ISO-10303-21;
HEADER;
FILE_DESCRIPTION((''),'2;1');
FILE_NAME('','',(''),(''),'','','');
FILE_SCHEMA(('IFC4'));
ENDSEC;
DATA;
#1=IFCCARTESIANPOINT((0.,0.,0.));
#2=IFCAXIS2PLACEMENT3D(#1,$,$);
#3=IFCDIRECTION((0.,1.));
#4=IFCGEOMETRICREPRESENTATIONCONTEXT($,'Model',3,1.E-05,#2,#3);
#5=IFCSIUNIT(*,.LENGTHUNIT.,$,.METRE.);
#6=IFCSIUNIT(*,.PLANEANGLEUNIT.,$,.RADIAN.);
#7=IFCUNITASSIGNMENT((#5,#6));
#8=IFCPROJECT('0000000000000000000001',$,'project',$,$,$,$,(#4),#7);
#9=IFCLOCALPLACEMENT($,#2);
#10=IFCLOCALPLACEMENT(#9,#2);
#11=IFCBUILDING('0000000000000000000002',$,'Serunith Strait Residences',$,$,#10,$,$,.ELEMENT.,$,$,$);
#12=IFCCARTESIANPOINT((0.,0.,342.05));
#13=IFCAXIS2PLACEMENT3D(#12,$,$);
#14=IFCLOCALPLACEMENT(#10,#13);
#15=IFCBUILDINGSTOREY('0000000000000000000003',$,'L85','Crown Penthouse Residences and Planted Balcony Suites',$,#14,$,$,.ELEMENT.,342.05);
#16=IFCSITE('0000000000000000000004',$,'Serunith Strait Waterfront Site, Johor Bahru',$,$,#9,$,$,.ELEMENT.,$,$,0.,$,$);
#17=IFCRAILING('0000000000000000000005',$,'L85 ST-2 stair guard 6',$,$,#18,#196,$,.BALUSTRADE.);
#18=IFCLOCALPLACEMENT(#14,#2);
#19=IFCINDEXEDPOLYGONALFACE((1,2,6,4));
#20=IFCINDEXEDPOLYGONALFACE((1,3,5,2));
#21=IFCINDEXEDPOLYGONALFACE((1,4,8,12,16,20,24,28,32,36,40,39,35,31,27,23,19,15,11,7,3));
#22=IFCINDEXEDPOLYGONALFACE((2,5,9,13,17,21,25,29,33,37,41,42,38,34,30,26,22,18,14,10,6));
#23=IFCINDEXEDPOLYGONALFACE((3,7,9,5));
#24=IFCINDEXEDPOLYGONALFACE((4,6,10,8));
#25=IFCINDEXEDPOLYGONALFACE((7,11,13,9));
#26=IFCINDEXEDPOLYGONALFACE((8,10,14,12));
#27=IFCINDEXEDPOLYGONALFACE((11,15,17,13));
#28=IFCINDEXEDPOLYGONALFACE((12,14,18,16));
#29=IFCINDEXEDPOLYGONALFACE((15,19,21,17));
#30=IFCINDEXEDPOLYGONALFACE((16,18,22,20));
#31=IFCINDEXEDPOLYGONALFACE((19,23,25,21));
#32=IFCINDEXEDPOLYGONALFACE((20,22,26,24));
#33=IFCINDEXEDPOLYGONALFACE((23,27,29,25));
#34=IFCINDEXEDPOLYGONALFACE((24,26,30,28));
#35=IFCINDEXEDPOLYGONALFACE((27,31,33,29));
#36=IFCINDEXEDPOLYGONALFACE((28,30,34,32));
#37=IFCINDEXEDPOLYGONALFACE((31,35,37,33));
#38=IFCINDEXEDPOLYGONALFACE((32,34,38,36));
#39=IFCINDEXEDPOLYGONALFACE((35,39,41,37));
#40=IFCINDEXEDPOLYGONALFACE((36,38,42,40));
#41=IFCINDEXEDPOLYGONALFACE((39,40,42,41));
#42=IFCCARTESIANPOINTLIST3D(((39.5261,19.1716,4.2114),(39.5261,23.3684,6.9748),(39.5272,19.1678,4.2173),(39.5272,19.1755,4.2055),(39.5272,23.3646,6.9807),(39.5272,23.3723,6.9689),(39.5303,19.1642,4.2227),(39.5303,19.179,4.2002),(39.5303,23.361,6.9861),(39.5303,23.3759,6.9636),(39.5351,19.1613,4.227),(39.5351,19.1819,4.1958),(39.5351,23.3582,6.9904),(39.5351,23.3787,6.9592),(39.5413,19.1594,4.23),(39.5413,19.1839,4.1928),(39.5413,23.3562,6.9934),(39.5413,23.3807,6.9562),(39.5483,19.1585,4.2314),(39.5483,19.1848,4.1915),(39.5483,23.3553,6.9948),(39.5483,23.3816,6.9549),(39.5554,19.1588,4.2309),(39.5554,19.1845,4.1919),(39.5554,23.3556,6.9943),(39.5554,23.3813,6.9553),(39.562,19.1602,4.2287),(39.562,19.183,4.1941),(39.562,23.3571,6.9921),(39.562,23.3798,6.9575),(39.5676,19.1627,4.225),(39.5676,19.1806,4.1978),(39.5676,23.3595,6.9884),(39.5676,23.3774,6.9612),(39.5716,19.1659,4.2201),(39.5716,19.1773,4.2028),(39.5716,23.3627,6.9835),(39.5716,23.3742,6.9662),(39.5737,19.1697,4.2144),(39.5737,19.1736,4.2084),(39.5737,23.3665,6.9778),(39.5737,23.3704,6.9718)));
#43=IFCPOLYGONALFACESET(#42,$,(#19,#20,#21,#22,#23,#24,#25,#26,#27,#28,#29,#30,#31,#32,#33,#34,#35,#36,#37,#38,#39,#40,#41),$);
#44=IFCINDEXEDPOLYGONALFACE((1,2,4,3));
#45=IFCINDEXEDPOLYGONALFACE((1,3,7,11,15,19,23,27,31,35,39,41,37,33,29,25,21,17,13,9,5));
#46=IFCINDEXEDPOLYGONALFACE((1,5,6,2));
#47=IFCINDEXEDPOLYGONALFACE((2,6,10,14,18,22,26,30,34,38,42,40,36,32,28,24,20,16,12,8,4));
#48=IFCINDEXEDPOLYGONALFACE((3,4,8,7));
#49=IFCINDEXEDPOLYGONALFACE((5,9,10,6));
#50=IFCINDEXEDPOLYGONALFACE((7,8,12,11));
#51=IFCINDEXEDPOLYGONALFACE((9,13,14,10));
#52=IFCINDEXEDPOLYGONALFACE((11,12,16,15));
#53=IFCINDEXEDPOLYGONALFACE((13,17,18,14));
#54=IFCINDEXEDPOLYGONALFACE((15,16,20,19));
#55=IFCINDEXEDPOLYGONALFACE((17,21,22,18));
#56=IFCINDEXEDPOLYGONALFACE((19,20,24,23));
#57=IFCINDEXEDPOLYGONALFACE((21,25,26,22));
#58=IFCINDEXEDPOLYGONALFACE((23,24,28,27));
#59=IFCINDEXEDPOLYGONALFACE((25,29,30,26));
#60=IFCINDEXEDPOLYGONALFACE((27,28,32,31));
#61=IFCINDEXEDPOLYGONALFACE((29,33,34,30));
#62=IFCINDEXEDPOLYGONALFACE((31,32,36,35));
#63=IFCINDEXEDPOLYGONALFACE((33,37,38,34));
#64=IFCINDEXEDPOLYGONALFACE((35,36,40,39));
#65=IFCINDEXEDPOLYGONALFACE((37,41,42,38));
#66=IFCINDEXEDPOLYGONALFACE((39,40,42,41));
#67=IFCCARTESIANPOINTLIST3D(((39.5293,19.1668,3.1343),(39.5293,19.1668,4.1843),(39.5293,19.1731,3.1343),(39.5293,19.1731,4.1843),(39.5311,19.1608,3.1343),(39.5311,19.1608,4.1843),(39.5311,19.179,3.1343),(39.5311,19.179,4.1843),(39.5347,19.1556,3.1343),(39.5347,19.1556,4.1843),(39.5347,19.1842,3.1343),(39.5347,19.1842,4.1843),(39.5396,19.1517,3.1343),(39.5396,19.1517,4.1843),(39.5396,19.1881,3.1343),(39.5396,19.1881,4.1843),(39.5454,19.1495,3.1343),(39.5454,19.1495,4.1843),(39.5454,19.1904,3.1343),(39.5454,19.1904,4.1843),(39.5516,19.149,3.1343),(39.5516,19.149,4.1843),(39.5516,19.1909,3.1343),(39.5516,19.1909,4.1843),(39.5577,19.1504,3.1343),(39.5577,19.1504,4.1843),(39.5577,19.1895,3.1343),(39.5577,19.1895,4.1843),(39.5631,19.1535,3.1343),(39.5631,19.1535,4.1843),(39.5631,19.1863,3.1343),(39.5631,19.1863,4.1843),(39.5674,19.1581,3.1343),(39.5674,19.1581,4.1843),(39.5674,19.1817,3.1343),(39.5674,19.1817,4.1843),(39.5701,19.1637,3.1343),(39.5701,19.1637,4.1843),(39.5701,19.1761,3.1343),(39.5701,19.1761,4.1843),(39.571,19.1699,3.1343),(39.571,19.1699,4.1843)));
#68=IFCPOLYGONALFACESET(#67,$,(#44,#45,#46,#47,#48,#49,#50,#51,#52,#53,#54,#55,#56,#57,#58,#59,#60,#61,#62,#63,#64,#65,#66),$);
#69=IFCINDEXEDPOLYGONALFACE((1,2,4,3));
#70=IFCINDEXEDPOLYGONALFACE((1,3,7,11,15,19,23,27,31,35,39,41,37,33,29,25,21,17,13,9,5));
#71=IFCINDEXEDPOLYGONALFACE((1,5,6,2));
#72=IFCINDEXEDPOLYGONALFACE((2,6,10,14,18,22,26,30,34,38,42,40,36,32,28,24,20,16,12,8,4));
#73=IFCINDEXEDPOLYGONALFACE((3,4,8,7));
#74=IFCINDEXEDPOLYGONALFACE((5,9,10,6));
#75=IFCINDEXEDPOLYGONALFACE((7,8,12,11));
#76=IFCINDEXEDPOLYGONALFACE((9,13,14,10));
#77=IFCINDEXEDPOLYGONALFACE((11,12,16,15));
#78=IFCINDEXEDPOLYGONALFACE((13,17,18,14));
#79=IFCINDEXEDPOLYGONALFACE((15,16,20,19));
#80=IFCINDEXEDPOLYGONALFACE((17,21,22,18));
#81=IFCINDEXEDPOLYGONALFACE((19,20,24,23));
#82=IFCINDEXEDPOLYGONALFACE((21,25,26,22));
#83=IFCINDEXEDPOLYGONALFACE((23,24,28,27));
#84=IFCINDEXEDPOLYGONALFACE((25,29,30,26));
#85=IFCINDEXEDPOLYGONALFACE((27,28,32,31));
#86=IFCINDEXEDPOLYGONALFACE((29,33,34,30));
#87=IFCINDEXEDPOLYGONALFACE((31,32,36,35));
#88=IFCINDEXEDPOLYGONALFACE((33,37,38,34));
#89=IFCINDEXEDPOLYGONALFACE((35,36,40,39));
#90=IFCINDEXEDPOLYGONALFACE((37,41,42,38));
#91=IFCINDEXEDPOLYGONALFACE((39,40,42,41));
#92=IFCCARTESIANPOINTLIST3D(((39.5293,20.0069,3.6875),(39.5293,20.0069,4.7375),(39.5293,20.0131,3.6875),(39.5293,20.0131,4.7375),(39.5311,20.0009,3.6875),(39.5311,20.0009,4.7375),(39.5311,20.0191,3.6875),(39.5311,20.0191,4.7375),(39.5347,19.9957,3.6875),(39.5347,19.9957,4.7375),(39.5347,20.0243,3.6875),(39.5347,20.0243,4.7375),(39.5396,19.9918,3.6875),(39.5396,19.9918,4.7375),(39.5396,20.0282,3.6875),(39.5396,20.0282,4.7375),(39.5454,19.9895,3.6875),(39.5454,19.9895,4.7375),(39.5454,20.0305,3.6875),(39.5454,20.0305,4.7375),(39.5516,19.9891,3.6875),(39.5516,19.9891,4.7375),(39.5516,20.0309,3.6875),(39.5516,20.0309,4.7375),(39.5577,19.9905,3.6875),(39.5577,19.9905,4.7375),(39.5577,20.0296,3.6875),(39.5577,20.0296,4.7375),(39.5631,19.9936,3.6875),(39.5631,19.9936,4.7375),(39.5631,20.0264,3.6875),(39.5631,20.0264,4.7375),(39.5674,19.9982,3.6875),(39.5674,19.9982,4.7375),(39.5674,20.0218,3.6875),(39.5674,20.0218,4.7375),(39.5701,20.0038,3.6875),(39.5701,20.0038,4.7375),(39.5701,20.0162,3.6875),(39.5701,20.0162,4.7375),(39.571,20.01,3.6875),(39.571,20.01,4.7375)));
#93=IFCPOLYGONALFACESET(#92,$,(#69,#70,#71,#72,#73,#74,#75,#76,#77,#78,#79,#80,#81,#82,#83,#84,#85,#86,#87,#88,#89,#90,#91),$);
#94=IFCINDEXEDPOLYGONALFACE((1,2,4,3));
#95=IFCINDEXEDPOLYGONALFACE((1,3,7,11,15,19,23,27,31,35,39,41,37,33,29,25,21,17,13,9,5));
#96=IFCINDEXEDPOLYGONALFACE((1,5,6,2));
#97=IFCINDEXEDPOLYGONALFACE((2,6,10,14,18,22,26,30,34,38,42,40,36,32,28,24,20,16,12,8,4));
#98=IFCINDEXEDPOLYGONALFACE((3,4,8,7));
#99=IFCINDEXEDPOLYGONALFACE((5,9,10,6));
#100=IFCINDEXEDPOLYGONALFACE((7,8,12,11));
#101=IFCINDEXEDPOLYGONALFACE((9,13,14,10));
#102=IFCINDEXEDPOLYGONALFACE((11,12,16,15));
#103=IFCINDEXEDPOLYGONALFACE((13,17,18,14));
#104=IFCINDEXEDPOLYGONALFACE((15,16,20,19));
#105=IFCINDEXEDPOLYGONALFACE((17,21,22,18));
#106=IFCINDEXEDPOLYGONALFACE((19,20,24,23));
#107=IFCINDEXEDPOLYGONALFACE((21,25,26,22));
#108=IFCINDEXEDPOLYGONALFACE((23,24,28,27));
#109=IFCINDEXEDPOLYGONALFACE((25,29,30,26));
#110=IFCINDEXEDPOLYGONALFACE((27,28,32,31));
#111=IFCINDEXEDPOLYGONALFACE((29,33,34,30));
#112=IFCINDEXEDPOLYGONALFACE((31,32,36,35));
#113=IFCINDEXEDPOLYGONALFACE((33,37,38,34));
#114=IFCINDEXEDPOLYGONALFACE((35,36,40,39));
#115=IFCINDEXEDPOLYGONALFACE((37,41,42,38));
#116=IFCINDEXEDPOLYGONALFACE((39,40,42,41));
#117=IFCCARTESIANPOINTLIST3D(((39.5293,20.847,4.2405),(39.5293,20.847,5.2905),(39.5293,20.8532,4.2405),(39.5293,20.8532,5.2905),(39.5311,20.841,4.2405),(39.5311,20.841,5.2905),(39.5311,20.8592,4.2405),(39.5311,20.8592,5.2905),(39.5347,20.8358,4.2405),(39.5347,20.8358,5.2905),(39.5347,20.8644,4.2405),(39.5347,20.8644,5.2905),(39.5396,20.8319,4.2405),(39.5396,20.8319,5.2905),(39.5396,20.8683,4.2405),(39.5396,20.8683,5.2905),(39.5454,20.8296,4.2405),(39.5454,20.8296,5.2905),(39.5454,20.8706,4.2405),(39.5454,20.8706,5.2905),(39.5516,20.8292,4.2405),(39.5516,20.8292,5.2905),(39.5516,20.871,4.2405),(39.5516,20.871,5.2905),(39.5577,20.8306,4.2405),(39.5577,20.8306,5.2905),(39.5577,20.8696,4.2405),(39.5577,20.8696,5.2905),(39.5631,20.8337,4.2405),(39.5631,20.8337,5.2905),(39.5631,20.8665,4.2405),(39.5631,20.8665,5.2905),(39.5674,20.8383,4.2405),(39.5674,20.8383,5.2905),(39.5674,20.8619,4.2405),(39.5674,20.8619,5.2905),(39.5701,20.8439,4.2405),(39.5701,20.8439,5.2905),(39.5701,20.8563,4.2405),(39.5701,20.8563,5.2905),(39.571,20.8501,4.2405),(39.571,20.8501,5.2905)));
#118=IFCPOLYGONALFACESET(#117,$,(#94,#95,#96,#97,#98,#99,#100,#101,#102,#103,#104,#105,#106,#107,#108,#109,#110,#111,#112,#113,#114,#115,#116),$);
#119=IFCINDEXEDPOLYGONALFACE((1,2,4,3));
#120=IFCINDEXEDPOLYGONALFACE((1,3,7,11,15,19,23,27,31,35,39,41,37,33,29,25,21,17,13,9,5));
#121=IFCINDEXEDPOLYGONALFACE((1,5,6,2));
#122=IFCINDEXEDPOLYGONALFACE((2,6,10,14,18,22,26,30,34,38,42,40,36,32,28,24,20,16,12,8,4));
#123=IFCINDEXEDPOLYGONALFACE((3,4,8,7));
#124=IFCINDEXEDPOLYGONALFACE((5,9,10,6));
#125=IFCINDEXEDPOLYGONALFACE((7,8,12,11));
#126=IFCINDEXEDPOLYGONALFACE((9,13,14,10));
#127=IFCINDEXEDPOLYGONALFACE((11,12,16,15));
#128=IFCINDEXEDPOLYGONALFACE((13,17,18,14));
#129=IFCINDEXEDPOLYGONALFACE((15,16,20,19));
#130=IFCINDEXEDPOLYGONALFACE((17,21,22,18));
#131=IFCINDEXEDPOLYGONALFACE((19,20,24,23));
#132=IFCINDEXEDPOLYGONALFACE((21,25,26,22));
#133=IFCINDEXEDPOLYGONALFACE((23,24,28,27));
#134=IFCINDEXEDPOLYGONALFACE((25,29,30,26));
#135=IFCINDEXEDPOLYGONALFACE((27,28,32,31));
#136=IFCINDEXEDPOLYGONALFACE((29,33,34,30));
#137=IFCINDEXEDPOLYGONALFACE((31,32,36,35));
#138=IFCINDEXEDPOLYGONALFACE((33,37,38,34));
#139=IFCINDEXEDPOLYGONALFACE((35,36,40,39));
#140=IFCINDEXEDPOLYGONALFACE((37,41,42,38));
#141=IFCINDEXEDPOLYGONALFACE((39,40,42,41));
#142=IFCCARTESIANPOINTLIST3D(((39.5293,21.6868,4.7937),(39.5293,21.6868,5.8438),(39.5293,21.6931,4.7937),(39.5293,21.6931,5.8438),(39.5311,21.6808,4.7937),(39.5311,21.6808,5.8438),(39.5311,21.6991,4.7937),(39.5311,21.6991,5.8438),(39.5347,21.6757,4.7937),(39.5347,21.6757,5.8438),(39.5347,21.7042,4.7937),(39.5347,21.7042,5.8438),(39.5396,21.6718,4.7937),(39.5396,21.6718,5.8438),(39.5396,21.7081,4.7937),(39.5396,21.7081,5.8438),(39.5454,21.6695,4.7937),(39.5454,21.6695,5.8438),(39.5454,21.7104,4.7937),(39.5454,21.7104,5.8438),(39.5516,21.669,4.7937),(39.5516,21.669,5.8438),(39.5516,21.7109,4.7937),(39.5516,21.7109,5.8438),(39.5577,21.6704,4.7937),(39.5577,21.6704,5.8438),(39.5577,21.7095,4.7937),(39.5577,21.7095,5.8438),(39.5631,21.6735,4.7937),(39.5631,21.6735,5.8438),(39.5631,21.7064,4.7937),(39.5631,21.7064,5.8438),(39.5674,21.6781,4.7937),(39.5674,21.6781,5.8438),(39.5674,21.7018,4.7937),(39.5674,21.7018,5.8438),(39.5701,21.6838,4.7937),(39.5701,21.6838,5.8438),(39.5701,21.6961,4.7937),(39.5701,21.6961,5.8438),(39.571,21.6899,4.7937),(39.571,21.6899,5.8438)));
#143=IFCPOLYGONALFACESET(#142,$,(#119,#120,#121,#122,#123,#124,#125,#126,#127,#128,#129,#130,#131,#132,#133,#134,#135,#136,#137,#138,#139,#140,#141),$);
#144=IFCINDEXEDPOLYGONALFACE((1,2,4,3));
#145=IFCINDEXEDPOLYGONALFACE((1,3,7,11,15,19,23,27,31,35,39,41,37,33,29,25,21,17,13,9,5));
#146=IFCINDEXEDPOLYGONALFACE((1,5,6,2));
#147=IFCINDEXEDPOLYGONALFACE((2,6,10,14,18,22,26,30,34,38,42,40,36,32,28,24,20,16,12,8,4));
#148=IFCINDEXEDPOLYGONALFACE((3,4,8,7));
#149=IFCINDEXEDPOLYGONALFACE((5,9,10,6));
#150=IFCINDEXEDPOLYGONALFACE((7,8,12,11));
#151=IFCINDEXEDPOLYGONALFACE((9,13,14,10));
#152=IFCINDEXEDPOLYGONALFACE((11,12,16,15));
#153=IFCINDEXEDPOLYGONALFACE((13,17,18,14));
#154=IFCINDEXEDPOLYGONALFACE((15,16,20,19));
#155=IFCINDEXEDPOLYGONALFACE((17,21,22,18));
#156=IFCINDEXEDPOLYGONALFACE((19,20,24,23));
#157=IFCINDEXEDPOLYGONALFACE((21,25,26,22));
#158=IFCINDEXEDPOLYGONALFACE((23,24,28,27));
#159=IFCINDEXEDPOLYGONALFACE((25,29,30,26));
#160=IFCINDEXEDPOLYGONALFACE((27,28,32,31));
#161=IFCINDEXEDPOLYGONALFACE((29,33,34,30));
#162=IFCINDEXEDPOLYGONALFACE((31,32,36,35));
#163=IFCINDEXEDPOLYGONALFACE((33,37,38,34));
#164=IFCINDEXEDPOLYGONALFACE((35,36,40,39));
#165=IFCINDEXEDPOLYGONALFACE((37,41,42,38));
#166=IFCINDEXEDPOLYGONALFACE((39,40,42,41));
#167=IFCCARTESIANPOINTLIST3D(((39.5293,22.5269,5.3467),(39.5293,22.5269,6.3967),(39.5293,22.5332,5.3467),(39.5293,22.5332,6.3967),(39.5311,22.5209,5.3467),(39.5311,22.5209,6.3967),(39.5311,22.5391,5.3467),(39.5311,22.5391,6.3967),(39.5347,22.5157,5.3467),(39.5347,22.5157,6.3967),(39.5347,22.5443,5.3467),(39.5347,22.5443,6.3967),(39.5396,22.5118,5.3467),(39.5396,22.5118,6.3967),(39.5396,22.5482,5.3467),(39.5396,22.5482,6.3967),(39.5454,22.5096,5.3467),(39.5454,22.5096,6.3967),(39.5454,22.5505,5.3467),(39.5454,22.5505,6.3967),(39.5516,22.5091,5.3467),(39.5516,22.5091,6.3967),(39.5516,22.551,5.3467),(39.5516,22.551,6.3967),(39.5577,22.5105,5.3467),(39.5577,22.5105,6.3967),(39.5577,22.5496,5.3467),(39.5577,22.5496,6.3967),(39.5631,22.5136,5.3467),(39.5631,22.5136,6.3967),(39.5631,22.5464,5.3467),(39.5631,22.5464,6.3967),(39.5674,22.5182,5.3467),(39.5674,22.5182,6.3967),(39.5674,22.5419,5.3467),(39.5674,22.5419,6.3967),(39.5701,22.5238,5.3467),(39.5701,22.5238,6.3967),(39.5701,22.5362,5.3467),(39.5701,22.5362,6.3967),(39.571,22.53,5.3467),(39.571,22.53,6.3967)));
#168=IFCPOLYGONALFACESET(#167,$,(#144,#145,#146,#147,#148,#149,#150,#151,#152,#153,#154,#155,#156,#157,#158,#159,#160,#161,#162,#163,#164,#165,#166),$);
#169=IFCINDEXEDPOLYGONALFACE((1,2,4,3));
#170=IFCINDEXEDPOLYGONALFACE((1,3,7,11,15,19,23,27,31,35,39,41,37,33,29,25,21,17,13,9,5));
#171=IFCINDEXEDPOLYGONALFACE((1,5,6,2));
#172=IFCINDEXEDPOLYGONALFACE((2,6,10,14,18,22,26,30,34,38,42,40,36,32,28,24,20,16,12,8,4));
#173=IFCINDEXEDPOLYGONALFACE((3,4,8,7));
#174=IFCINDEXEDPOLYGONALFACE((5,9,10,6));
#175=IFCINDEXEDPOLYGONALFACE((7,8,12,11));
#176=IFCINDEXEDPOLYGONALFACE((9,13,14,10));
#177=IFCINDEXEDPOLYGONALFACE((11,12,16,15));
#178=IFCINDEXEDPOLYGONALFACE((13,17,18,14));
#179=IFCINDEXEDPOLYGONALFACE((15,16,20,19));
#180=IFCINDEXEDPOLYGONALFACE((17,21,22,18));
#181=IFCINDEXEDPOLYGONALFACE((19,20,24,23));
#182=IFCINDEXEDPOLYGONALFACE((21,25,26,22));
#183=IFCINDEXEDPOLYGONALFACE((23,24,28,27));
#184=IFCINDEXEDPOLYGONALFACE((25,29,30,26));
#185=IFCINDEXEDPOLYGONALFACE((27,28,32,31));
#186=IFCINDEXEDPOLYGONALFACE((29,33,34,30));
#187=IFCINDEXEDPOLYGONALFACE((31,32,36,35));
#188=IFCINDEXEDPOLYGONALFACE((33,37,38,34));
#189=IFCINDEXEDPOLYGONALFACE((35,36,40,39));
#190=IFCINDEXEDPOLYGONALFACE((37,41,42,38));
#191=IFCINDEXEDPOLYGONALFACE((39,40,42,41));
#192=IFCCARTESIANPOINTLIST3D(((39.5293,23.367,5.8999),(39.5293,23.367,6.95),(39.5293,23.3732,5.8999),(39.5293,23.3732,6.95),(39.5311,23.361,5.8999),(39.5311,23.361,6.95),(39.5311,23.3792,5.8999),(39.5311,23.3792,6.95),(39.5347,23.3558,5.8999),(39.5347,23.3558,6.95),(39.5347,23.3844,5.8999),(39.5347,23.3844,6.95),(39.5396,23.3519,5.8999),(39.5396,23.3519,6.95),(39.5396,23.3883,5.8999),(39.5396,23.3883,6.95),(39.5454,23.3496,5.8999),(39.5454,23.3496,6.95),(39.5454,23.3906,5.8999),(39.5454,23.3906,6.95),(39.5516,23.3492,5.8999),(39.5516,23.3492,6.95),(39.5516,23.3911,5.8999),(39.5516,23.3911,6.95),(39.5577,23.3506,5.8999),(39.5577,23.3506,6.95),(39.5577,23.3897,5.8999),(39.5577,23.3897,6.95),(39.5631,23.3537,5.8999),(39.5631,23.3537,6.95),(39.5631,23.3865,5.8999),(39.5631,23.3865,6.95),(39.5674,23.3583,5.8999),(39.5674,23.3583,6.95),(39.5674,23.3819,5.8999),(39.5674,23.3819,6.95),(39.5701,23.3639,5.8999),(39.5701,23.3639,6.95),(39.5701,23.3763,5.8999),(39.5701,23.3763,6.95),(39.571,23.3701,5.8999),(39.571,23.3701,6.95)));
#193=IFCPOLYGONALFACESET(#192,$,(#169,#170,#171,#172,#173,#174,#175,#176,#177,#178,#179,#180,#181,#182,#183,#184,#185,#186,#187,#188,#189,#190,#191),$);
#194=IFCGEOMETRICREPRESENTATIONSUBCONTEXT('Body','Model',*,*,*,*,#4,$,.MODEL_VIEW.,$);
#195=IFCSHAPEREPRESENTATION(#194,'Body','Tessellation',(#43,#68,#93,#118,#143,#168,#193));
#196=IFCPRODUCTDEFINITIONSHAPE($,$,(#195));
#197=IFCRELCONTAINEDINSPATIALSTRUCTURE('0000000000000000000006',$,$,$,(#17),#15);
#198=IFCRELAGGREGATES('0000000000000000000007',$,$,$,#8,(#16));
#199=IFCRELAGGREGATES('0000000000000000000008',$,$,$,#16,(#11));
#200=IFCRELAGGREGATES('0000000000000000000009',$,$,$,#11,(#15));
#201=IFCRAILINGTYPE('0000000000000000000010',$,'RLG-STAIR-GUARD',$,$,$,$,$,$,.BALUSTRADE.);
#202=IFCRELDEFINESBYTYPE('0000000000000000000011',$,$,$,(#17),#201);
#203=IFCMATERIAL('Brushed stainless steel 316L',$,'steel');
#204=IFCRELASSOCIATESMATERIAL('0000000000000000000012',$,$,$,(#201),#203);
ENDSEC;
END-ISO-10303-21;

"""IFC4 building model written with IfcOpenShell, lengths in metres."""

from ifc_helpers import new_model, si_unit, direction, frame, origin, origin_2d, place, context, subcontext, project, spatial, circle, extrude, material, type_object, element, save


model = new_model("IFC4")

# Units and contexts
model_context = context("Model", 3, precision=1e-05, world=origin(), true_north=direction((0.0, 1.0)))
body_context = subcontext(model_context, "Body", "Model", "MODEL_VIEW")
ifc_project = project(units=[si_unit("LENGTHUNIT", "METRE"), si_unit("PLANEANGLEUNIT", "RADIAN")], contexts=[model_context])

# Site, building, storey
site_placement = place(None, origin())
site = spatial("IfcSite", under=ifc_project, at=site_placement, Name="Serunith Strait Waterfront Site, Johor Bahru", CompositionType="ELEMENT", RefElevation=0.0)
building_placement = place(site_placement, origin())
building = spatial("IfcBuilding", under=site, at=building_placement, Name="Serunith Strait Residences", CompositionType="ELEMENT")
storey_placement = place(building_placement, frame((0.0, 0.0, 342.05)))
storey = spatial("IfcBuildingStorey", under=building, at=storey_placement, Name="L85", Description="Crown Penthouse Residences and Planted Balcony Suites", CompositionType="ELEMENT", Elevation=342.05)

# Railing
ifc_material_1 = material(Name="Brushed stainless steel 316L", Category="steel")
railing_type_1 = type_object("IfcRailingType", Name="RLG-STAIR-GUARD", PredefinedType="BALUSTRADE", material=ifc_material_1)
railing_1_placement = place(storey_placement, frame((39.55, 19.1699, 3.1343)))
element("IfcRailing", 1, at=railing_1_placement, inside=storey, type_object=railing_type_1, Name="L85 ST-2 stair guard 6", PredefinedType="BALUSTRADE", context=body_context, shape_type="SweptSolid", body=[
    extrude(circle(Radius=0.0239, at=origin_2d()), frame((0.0, 0.0017, 1.0771), z_axis=(0.0, 0.835203, 0.549941), x_axis=(-1.0, 0.0, 0.0)), (0.0, 0.0, 1.0), 5.0249),
    extrude(circle(Radius=0.021, at=origin_2d()), origin(), (0.0, 0.0, 1.0), 1.05),
    extrude(circle(Radius=0.021, at=origin_2d()), frame((0.0, 0.8401, 0.5532)), (0.0, 0.0, 1.0), 1.05),
    extrude(circle(Radius=0.021, at=origin_2d()), frame((0.0, 1.6802, 1.1062)), (0.0, 0.0, 1.0), 1.05),
    extrude(circle(Radius=0.021, at=origin_2d()), frame((0.0, 2.52, 1.6594)), (0.0, 0.0, 1.0), 1.05),
    extrude(circle(Radius=0.021, at=origin_2d()), frame((0.0, 3.3601, 2.2124)), (0.0, 0.0, 1.0), 1.05),
    extrude(circle(Radius=0.021, at=origin_2d()), frame((0.0, 4.2002, 2.7656)), (0.0, 0.0, 1.0), 1.05),
])

save(model, "model.ifc")
